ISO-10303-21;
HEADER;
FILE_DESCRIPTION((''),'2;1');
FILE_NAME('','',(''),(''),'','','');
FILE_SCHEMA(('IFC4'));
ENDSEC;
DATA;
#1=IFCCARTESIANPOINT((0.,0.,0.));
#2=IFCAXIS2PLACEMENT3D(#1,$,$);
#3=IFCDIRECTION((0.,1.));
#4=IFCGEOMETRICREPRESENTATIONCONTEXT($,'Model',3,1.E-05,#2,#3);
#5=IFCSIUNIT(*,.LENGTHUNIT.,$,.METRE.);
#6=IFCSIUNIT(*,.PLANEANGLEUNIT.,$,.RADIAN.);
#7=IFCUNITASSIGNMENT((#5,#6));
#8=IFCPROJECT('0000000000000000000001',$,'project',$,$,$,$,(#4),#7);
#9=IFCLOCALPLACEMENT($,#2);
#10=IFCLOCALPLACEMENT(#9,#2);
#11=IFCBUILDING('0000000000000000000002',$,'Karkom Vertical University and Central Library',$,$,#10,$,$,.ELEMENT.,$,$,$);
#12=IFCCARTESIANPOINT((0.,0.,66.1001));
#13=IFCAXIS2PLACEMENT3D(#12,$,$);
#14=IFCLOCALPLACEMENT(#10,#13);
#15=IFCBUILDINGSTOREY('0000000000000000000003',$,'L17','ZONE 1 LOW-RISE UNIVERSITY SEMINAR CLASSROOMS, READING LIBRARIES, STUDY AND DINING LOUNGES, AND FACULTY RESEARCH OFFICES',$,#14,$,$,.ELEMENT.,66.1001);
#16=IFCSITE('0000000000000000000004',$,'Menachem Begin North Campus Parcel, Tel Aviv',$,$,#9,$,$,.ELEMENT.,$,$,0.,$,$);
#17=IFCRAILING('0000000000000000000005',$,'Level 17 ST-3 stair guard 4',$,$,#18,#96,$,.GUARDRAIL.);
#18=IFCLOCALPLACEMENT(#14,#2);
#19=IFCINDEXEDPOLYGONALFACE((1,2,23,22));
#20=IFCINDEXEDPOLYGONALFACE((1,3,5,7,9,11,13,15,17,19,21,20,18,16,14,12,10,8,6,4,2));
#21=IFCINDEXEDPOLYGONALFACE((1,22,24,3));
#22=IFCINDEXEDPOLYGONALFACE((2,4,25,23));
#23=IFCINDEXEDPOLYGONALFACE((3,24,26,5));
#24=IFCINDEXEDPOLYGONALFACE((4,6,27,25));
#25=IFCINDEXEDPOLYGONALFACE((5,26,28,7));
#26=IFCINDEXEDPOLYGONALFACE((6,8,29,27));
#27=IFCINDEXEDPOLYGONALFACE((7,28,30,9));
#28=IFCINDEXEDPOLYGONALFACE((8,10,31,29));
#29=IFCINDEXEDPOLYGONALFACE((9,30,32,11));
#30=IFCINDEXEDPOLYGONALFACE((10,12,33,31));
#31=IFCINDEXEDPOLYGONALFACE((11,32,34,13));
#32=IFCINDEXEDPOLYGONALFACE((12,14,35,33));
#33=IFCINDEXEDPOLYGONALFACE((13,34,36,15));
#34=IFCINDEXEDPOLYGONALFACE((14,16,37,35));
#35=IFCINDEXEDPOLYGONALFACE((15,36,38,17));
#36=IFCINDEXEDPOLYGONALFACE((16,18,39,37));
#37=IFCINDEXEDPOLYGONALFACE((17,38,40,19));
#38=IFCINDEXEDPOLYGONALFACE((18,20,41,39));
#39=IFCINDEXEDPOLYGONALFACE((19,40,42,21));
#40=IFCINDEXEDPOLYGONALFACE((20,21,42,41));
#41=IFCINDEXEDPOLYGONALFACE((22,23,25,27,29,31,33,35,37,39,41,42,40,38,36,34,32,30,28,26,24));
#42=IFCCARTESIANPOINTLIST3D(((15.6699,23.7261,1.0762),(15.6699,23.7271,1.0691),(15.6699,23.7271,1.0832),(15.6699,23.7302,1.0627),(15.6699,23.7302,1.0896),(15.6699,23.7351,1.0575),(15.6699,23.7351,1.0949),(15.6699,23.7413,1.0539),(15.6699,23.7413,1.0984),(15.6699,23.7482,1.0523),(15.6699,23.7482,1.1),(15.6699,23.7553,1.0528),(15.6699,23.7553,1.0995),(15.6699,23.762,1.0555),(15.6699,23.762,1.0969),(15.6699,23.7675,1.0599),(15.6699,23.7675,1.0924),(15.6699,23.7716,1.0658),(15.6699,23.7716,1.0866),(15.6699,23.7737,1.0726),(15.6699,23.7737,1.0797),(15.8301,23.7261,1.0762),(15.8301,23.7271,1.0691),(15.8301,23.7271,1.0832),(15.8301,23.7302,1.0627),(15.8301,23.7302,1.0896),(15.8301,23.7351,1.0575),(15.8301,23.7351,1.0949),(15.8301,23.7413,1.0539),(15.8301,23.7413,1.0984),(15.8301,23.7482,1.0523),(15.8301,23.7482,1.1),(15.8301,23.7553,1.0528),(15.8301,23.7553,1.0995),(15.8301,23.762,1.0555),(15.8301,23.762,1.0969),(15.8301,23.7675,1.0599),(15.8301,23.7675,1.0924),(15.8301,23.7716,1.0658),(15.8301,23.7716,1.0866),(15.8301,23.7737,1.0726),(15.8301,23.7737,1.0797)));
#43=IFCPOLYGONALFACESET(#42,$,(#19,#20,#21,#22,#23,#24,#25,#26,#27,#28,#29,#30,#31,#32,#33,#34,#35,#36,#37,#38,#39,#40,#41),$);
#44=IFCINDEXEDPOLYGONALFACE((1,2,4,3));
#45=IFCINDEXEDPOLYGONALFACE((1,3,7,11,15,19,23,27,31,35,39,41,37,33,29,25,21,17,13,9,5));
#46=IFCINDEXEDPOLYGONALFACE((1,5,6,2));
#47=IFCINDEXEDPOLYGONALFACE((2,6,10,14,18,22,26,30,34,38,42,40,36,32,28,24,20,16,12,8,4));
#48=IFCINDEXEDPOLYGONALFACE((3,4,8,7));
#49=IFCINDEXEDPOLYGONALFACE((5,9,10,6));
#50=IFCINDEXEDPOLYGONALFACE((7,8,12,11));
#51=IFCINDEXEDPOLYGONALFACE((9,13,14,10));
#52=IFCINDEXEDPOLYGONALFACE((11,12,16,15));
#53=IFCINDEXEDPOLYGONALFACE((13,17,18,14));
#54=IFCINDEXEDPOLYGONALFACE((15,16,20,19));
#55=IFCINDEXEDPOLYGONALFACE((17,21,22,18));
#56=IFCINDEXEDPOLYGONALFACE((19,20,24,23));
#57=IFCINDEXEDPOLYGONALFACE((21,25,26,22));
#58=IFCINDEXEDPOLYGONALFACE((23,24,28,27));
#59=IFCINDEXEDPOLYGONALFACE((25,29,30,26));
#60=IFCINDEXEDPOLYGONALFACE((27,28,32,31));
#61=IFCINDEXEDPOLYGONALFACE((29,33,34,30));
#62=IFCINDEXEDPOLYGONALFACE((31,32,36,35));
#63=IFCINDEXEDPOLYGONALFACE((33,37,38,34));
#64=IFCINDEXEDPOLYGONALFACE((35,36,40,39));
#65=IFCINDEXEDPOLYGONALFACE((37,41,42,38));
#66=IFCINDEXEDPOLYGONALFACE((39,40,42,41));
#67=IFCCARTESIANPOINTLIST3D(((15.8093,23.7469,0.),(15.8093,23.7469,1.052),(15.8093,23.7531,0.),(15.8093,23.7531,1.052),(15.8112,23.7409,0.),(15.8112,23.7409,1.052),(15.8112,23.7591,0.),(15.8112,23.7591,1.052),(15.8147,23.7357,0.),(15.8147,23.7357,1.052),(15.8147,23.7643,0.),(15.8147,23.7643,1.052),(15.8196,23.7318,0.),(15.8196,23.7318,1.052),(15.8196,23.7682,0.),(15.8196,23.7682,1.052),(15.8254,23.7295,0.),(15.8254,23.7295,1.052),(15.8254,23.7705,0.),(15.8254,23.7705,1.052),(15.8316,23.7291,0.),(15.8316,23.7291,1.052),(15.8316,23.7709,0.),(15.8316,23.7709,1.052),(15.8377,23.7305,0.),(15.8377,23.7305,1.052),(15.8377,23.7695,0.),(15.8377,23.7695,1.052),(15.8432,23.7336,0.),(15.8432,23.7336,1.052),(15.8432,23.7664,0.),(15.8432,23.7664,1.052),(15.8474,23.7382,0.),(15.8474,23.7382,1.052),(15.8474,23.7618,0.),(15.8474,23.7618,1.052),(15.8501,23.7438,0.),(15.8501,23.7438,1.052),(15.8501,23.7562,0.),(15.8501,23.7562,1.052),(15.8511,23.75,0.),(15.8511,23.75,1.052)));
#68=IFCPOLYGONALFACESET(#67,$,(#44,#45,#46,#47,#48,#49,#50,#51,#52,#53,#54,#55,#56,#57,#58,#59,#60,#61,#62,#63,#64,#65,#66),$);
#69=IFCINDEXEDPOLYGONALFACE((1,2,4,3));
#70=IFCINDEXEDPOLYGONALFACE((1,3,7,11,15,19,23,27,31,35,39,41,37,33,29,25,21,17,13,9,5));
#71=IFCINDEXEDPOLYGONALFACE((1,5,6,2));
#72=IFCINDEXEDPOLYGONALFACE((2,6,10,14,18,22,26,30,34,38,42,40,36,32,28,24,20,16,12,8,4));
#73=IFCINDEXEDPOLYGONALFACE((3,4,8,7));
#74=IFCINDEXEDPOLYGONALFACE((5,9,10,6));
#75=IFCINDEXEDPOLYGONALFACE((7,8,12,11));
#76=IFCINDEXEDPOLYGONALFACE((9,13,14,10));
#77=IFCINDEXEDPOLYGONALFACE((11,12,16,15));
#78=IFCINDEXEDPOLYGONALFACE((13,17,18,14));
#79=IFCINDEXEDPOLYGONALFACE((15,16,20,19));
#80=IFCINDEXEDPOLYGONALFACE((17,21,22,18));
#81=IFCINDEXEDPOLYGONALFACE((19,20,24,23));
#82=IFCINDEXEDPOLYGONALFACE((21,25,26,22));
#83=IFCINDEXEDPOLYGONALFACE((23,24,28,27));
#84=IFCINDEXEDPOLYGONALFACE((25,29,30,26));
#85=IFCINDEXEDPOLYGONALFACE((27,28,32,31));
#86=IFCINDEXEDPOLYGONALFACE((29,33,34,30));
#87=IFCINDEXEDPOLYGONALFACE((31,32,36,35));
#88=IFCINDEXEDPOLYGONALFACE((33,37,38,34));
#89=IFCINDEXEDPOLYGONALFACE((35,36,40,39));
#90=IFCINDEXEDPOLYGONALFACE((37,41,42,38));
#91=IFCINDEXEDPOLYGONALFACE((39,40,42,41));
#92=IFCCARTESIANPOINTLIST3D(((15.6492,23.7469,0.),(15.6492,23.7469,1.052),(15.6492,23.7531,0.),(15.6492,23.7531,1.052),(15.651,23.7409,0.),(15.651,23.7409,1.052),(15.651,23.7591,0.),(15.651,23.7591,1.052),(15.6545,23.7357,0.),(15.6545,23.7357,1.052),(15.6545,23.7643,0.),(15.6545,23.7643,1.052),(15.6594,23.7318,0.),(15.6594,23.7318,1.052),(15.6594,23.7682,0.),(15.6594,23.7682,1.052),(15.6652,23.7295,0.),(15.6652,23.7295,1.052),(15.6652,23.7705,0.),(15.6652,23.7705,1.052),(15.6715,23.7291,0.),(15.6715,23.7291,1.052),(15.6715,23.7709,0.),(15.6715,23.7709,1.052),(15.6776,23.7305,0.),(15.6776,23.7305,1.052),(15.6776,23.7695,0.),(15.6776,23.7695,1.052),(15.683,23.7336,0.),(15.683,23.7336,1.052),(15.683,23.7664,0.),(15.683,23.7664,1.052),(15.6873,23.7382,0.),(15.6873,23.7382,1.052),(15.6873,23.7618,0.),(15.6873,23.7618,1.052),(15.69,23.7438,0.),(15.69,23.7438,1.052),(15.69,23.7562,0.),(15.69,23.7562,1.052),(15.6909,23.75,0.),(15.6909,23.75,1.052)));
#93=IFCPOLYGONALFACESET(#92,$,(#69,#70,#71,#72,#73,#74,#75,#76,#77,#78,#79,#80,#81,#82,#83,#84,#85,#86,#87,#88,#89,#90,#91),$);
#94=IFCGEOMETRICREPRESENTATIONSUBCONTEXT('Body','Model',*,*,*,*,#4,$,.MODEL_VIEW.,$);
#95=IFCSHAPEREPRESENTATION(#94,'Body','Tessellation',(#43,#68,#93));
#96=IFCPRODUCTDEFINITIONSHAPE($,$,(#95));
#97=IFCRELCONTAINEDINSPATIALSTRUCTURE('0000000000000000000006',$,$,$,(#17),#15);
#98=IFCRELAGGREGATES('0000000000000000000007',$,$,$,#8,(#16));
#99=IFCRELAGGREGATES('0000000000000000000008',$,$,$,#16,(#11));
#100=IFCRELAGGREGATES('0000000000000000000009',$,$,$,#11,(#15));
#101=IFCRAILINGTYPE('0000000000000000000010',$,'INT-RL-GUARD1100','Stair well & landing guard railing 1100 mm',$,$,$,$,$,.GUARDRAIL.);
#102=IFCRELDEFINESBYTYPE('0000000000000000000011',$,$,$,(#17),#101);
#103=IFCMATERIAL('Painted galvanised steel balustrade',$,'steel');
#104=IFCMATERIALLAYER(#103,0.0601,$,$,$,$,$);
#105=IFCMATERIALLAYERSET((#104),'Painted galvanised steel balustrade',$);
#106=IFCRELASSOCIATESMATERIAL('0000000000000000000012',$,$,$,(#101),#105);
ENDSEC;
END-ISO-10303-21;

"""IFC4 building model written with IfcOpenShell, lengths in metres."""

from ifc_helpers import new_model, si_unit, direction, frame, origin, origin_2d, place, context, subcontext, project, spatial, circle, extrude, material, layer, layer_set, type_object, element, save


model = new_model("IFC4")

# Units and contexts
model_context = context("Model", 3, precision=1e-05, world=origin(), true_north=direction((0.0, 1.0)))
body_context = subcontext(model_context, "Body", "Model", "MODEL_VIEW")
ifc_project = project(units=[si_unit("LENGTHUNIT", "METRE"), si_unit("PLANEANGLEUNIT", "RADIAN")], contexts=[model_context])

# Site, building, storey
site_placement = place(None, origin())
site = spatial("IfcSite", under=ifc_project, at=site_placement, Name="Menachem Begin North Campus Parcel, Tel Aviv", CompositionType="ELEMENT", RefElevation=0.0)
building_placement = place(site_placement, origin())
building = spatial("IfcBuilding", under=site, at=building_placement, Name="Karkom Vertical University and Central Library", CompositionType="ELEMENT")
storey_placement = place(building_placement, frame((0.0, 0.0, 66.1001)))
storey = spatial("IfcBuildingStorey", under=building, at=storey_placement, Name="L17", Description="ZONE 1 LOW-RISE UNIVERSITY SEMINAR CLASSROOMS, READING LIBRARIES, STUDY AND DINING LOUNGES, AND FACULTY RESEARCH OFFICES", CompositionType="ELEMENT", Elevation=66.1001)

# Railing
ifc_material_1 = material(Name="Painted galvanised steel balustrade", Category="steel")
ifc_layer_1 = layer(ifc_material_1, 0.0601)
ifc_layer_set_1 = layer_set([ifc_layer_1], Name="Painted galvanised steel balustrade")
railing_type = type_object("IfcRailingType", Name="INT-RL-GUARD1100", Description="Stair well & landing guard railing 1100 mm", PredefinedType="GUARDRAIL", material=ifc_layer_set_1)
railing_1_placement = place(storey_placement, frame((15.8301, 23.75, 0.0)))
element("IfcRailing", 1, at=railing_1_placement, inside=storey, type_object=railing_type, Name="Level 17 ST-3 stair guard 4", PredefinedType="GUARDRAIL", context=body_context, shape_type="SweptSolid", body=[
    extrude(circle(Radius=0.0239, at=origin_2d()), frame((0.0, 0.0, 1.0762), z_axis=(-1.0, 0.0, 0.0), x_axis=(0.0, -1.0, 0.0)), (0.0, 0.0, 1.0), 0.1602),
    extrude(circle(Radius=0.021, at=origin_2d()), origin(), (0.0, 0.0, 1.0), 1.052),
    extrude(circle(Radius=0.021, at=origin_2d()), frame((-0.1602, 0.0, 0.0)), (0.0, 0.0, 1.0), 1.052),
])

save(model, "model.ifc")
